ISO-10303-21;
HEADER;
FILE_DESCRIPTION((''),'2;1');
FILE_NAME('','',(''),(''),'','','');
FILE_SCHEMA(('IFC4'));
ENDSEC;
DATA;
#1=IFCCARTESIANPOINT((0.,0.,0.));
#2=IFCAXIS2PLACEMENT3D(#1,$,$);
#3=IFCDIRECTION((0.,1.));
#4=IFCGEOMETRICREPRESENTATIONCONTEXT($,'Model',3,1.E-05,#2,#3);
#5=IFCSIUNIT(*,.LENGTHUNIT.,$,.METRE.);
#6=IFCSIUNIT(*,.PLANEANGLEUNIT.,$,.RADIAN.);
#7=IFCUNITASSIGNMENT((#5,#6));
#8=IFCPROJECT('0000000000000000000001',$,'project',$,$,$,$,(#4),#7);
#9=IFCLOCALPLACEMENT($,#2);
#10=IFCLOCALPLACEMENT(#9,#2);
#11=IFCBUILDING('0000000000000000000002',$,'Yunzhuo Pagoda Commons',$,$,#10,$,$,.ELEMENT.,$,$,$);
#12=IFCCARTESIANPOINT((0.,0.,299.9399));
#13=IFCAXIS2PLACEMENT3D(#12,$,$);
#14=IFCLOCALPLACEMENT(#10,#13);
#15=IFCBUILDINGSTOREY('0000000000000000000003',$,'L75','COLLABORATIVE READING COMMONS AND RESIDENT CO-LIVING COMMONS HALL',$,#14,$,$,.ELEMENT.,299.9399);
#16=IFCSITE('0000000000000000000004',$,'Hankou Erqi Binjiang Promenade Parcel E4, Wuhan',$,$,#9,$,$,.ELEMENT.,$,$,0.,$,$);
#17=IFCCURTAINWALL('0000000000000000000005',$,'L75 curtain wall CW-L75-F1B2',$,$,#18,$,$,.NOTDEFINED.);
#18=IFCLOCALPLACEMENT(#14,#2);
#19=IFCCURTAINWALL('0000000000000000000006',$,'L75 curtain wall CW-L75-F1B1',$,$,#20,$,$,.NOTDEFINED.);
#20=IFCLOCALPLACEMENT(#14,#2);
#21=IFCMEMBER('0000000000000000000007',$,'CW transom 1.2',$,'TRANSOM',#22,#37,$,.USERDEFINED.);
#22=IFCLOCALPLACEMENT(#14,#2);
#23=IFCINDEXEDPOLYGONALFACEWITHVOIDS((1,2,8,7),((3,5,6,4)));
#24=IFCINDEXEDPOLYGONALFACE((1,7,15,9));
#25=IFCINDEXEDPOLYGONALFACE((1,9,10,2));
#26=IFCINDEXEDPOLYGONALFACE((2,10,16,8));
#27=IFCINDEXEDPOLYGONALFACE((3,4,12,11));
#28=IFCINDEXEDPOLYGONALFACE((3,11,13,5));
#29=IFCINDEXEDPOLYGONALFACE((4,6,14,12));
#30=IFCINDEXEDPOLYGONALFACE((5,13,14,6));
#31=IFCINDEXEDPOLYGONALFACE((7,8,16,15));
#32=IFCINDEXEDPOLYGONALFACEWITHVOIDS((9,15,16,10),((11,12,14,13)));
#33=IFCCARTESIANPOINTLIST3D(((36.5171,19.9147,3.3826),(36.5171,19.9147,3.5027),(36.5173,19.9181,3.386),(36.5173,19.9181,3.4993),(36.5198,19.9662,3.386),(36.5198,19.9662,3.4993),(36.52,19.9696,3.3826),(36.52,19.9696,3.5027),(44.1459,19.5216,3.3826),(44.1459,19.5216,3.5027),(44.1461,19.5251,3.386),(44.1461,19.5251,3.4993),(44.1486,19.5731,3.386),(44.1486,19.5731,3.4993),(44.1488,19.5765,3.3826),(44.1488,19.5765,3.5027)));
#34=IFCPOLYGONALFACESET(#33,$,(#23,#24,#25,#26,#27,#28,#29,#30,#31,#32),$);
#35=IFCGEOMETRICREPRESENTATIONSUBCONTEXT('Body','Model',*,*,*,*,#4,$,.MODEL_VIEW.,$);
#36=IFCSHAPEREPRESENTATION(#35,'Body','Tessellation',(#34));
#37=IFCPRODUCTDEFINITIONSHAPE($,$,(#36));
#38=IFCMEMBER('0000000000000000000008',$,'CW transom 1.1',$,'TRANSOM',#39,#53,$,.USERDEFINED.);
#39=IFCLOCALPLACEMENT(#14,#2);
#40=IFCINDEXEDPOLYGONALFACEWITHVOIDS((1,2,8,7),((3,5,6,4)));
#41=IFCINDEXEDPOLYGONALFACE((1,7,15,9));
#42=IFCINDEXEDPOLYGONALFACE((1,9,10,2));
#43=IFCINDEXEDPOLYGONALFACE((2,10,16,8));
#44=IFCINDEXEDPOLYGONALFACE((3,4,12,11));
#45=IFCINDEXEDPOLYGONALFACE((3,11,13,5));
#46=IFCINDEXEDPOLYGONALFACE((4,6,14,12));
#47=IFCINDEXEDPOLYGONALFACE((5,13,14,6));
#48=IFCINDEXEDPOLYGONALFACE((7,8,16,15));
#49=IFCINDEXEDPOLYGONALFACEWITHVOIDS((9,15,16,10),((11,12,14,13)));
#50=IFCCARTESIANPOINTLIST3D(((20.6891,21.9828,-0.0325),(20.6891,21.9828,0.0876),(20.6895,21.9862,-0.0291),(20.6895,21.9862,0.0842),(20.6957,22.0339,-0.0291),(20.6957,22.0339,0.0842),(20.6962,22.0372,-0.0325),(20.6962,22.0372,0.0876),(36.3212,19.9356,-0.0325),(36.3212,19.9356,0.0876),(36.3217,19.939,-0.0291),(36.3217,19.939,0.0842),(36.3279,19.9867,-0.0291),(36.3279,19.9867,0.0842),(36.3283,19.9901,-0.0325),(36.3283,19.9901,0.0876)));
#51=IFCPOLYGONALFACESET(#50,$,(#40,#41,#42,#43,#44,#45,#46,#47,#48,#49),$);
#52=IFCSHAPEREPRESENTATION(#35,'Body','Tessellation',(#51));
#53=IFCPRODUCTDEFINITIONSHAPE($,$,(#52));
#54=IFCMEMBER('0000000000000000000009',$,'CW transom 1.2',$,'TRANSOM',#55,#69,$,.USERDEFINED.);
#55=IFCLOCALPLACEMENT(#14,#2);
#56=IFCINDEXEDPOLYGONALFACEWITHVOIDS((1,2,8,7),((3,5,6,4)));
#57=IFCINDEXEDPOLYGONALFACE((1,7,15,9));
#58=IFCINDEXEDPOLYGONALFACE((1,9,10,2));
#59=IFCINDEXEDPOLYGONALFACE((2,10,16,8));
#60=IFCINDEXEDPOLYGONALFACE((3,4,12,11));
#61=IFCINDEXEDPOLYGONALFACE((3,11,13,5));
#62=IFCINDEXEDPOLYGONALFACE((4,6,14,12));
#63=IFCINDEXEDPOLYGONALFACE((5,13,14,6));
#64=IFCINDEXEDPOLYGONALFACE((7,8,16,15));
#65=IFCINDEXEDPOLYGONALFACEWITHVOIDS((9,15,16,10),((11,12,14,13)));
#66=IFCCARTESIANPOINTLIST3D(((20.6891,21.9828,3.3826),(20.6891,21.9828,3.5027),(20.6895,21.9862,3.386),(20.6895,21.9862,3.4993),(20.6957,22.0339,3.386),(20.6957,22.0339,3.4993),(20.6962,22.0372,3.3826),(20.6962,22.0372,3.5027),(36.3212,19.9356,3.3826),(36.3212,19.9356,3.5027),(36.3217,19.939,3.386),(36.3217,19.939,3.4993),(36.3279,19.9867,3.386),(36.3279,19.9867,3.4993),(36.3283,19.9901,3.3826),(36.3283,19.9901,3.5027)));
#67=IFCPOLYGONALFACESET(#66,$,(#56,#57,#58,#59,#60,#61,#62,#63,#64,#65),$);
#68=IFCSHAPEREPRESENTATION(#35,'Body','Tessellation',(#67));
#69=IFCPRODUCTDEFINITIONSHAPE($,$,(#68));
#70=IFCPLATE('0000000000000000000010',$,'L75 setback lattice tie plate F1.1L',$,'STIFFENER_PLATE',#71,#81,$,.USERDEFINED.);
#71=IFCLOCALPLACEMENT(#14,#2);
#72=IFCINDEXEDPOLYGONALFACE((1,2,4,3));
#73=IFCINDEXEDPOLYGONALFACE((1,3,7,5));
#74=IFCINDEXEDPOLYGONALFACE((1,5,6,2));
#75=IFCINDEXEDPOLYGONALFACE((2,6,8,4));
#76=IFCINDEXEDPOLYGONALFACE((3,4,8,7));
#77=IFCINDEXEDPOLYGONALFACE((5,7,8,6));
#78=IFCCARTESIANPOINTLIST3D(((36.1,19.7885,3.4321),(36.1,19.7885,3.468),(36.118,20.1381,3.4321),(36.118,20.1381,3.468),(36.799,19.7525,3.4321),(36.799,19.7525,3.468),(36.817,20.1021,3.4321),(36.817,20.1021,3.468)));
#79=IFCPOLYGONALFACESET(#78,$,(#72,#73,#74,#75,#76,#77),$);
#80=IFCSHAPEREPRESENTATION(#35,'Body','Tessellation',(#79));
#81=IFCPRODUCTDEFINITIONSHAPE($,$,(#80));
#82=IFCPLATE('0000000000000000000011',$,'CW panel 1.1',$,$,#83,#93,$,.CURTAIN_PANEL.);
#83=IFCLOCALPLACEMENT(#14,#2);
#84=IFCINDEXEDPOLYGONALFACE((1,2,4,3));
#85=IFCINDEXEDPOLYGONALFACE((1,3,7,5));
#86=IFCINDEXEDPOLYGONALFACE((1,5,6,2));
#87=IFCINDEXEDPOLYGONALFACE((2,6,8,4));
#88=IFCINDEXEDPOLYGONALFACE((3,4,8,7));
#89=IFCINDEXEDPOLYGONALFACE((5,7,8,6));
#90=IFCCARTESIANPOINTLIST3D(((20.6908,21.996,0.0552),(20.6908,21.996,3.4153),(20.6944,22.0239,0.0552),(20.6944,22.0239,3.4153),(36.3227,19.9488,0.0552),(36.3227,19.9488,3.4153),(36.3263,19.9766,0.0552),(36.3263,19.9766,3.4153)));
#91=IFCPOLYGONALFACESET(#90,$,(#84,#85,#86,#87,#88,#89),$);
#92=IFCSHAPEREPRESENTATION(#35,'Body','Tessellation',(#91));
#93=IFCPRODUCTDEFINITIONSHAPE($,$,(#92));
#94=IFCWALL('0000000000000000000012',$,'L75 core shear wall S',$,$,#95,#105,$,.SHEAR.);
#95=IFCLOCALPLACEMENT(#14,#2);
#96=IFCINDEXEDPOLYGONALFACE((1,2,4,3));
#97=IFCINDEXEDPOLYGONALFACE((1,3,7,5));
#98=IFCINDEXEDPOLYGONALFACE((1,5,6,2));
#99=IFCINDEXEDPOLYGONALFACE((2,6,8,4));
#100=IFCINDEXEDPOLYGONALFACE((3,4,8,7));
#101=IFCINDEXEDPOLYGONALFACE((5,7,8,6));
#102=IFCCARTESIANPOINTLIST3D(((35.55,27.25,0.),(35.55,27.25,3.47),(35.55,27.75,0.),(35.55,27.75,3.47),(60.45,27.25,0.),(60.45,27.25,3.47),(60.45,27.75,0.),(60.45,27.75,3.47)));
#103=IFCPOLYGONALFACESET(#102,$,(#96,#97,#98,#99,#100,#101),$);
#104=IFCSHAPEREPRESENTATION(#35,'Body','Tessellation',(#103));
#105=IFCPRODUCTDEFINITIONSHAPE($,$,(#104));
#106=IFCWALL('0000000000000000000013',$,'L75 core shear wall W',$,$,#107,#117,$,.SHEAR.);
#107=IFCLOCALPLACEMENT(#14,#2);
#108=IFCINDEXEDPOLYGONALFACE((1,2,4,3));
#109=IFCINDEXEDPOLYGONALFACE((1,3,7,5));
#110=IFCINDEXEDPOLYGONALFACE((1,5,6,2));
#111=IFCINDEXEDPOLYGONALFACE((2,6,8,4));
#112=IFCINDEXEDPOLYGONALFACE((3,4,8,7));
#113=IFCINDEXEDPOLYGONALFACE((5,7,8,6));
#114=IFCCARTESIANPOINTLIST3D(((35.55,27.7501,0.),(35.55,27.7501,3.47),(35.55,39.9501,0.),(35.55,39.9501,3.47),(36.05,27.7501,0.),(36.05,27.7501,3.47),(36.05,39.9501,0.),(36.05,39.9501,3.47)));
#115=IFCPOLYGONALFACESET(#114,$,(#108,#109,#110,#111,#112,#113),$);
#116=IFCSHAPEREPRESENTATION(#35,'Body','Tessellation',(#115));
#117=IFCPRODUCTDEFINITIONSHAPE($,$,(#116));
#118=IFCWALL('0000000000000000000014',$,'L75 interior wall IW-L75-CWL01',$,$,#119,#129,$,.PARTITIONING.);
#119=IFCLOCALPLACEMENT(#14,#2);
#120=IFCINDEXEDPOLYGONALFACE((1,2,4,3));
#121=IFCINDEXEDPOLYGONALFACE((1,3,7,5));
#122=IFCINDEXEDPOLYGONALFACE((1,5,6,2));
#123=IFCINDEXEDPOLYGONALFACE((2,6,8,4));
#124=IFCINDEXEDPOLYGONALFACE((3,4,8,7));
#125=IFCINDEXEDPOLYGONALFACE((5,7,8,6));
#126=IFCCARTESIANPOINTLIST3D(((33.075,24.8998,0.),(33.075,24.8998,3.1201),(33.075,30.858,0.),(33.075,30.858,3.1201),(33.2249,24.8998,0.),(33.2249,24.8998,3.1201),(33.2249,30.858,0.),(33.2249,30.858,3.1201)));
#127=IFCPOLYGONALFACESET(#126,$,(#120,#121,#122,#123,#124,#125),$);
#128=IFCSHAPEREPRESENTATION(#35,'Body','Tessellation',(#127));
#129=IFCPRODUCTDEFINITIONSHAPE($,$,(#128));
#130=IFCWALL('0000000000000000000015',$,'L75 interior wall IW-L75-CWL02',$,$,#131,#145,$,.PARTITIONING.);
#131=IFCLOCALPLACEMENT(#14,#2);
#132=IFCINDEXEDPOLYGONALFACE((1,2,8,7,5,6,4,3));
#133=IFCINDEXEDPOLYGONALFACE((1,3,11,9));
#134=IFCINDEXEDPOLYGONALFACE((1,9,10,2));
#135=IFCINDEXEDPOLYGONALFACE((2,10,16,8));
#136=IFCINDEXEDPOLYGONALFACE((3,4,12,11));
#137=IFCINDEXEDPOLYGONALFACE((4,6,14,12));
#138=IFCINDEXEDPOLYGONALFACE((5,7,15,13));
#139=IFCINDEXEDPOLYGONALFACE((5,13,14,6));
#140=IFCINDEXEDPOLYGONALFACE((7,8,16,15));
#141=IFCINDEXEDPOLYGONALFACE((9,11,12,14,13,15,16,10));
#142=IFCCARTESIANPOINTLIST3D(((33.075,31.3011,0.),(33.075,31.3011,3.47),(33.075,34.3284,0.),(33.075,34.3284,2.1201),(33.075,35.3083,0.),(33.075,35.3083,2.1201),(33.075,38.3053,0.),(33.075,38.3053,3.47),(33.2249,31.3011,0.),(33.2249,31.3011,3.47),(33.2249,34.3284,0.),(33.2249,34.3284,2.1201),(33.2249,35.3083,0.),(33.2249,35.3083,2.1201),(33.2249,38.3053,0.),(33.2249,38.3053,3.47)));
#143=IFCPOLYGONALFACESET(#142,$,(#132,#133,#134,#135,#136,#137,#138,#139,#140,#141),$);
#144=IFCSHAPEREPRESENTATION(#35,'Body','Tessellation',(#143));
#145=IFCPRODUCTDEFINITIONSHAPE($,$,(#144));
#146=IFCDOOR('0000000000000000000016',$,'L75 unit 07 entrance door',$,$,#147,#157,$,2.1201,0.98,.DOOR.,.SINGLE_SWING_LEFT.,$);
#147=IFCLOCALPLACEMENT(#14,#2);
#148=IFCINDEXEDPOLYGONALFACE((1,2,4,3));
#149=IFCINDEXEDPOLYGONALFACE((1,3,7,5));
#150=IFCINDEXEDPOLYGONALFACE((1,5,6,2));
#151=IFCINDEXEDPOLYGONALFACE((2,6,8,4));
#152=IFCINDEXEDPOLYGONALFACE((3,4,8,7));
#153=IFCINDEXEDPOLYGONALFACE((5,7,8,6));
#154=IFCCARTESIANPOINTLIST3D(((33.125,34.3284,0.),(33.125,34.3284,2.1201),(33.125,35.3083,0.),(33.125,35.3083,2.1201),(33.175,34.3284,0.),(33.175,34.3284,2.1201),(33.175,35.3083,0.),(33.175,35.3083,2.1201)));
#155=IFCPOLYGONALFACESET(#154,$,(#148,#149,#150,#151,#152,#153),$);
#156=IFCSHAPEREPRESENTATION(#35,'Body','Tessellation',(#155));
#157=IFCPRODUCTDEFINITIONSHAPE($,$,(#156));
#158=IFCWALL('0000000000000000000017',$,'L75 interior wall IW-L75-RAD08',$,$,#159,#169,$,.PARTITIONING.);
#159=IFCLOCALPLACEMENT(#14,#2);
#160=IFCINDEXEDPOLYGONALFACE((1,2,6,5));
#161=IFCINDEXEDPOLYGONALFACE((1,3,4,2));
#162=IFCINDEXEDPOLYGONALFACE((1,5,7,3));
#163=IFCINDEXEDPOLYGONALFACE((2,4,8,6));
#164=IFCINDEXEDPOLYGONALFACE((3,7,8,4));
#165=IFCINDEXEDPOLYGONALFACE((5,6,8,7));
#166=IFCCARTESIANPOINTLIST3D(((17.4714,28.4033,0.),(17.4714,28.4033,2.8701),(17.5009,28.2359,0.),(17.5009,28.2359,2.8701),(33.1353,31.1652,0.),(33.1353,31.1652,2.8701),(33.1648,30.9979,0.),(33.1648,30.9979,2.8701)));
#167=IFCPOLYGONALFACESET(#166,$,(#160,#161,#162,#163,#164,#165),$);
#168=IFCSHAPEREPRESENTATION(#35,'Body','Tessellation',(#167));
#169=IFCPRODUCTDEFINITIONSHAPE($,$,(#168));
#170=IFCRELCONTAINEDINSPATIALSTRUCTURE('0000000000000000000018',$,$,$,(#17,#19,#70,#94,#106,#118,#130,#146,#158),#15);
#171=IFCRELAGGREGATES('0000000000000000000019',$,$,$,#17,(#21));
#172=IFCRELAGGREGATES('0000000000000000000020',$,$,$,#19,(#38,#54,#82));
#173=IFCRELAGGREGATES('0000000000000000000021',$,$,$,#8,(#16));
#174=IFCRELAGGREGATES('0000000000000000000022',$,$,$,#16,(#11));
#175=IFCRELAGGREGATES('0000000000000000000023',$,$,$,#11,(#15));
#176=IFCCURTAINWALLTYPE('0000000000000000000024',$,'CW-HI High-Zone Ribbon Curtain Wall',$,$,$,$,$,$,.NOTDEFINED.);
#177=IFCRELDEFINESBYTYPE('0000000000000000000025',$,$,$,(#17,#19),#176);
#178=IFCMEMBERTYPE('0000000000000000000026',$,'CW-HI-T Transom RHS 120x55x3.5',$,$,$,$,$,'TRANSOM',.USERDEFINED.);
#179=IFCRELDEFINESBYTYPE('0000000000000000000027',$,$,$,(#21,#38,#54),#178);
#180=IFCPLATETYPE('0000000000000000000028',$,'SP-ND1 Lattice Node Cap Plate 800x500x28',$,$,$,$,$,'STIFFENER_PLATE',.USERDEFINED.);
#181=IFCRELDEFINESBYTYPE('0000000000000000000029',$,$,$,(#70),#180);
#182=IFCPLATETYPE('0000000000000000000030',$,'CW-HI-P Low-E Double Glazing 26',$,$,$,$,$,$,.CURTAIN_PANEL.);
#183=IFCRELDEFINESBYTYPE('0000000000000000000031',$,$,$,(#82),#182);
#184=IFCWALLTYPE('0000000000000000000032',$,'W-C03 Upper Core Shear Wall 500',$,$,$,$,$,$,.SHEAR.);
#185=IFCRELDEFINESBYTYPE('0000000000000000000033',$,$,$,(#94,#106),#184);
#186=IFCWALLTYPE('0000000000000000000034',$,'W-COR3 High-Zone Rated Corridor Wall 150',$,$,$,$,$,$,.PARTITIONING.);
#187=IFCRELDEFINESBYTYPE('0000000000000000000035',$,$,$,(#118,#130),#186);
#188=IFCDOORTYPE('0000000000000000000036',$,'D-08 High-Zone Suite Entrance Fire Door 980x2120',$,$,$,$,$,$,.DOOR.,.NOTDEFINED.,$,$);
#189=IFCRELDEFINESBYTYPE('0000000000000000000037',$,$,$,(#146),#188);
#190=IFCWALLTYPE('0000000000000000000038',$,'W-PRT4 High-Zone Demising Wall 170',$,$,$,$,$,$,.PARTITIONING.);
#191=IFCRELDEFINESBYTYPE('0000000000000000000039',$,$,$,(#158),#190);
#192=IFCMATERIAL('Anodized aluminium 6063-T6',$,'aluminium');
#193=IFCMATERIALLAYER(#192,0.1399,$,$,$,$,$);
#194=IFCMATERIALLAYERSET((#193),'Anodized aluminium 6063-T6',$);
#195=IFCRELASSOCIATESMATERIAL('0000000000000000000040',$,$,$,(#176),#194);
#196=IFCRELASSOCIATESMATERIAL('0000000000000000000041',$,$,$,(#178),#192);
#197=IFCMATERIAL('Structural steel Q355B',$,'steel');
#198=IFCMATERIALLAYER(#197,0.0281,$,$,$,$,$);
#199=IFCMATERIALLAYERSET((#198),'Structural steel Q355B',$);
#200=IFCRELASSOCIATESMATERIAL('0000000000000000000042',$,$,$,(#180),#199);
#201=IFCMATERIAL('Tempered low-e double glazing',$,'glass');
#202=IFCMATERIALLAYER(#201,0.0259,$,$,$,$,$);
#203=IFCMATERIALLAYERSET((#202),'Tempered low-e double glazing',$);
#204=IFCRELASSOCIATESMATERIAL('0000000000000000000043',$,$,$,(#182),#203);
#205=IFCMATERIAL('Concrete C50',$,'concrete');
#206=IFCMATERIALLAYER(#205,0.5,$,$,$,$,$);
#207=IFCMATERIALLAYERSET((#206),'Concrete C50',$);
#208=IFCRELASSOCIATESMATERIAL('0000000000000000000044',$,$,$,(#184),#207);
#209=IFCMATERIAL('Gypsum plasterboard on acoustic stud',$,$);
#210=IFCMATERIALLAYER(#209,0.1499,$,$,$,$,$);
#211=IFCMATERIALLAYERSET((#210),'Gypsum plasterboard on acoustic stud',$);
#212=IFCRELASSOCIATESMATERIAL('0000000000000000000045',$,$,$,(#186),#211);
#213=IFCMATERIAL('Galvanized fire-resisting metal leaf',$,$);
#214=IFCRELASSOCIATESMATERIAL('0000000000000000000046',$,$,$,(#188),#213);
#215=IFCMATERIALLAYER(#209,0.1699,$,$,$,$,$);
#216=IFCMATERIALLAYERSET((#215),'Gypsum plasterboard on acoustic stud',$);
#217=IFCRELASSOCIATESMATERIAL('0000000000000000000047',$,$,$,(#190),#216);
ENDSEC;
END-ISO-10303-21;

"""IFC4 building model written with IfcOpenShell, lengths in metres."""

from ifc_helpers import new_model, si_unit, direction, frame, frame_2d, origin, origin_with_axes, origin_2d, place, context, subcontext, project, spatial, rectangle, hollow_rectangle, extrude, source, transform, mapped, material, layer, layer_set, material_profile, profile_set, type_object, element, fill, aggregate, save


model = new_model("IFC4")

# Units and contexts
model_context = context("Model", 3, precision=1e-05, world=origin(), true_north=direction((0.0, 1.0)))
body_context = subcontext(model_context, "Body", "Model", "MODEL_VIEW")
ifc_project = project(units=[si_unit("LENGTHUNIT", "METRE"), si_unit("PLANEANGLEUNIT", "RADIAN")], contexts=[model_context])

# Site, building, storey
site_placement = place(None, origin())
site = spatial("IfcSite", under=ifc_project, at=site_placement, Name="Hankou Erqi Binjiang Promenade Parcel E4, Wuhan", CompositionType="ELEMENT", RefElevation=0.0)
building_placement = place(site_placement, origin())
building = spatial("IfcBuilding", under=site, at=building_placement, Name="Yunzhuo Pagoda Commons", CompositionType="ELEMENT")
storey_placement = place(building_placement, frame((0.0, 0.0, 299.9399)))
storey = spatial("IfcBuildingStorey", under=building, at=storey_placement, Name="L75", Description="COLLABORATIVE READING COMMONS AND RESIDENT CO-LIVING COMMONS HALL", CompositionType="ELEMENT", Elevation=299.9399)

# Shared definitions
ifc_material_1 = material(Name="Structural steel Q355B", Category="steel")

# Curtain wall
ifc_material_2 = material(Name="Anodized aluminium 6063-T6", Category="aluminium")
ifc_layer_1 = layer(ifc_material_2, 0.1399)
ifc_layer_set_1 = layer_set([ifc_layer_1], Name="Anodized aluminium 6063-T6")
curtain_wall_type = type_object("IfcCurtainWallType", Name="CW-HI High-Zone Ribbon Curtain Wall", PredefinedType="NOTDEFINED", material=ifc_layer_set_1)
curtain_wall_1_placement = place(storey_placement, origin())
curtain_wall_1 = element("IfcCurtainWall", 1, at=curtain_wall_1_placement, inside=storey, type_object=curtain_wall_type, Name="L75 curtain wall CW-L75-F1B2", PredefinedType="NOTDEFINED")

# Curtain wall
curtain_wall_2_placement = place(storey_placement, origin())
curtain_wall_2 = element("IfcCurtainWall", 2, at=curtain_wall_2_placement, inside=storey, type_object=curtain_wall_type, Name="L75 curtain wall CW-L75-F1B1", PredefinedType="NOTDEFINED")

# Members
ifc_material_profile_1 = material_profile(ifc_material_2, hollow_rectangle(XDim=0.0549, YDim=0.1201, WallThickness=0.0034, at=origin_2d()), Name="Anodized aluminium 6063-T6")
ifc_profile_set_1 = profile_set([ifc_material_profile_1], Name="Anodized aluminium 6063-T6")
member_type_1 = type_object("IfcMemberType", Name="CW-HI-T Transom RHS 120x55x3.5", ElementType="TRANSOM", PredefinedType="USERDEFINED", material=ifc_profile_set_1)
shared_shape_1 = source(origin(), body_context, "Body", "SweptSolid", [
    extrude(hollow_rectangle(XDim=0.0549, YDim=0.1201, WallThickness=0.0034, at=origin_2d()), origin(), (0.0, 0.0, 1.0), 7.6389),
])
member_1_placement = place(storey_placement, frame((36.5186, 19.9421, 3.4426), z_axis=(0.998675, -0.051455, 0.0), x_axis=(0.051455, 0.998675, 0.0)))
member_1 = element("IfcMember", 3, at=member_1_placement, type_object=member_type_1, Name="CW transom 1.2", ObjectType="TRANSOM", PredefinedType="USERDEFINED", context=body_context, shape_type="MappedRepresentation", body=[
    mapped(shared_shape_1, transform((0.0, 0.0, 0.0), scale=1.0)),
])
aggregate(curtain_wall_1, [member_1])
shared_shape_2 = source(origin(), body_context, "Body", "SweptSolid", [
    extrude(hollow_rectangle(XDim=0.0549, YDim=0.1201, WallThickness=0.0034, at=origin_2d()), origin(), (0.0, 0.0, 1.0), 15.7656),
])
member_2_placement = place(storey_placement, frame((20.6926, 22.01, 0.0276), z_axis=(0.991534, -0.129848, 0.0), x_axis=(0.129848, 0.991534, 0.0)))
member_2 = element("IfcMember", 4, at=member_2_placement, type_object=member_type_1, Name="CW transom 1.1", ObjectType="TRANSOM", PredefinedType="USERDEFINED", context=body_context, shape_type="MappedRepresentation", body=[
    mapped(shared_shape_2, transform((0.0, 0.0, 0.0), scale=1.0)),
])
member_3_placement = place(storey_placement, frame((20.6926, 22.01, 3.4426), z_axis=(0.991534, -0.129848, 0.0), x_axis=(0.129848, 0.991534, 0.0)))
member_3 = element("IfcMember", 5, at=member_3_placement, type_object=member_type_1, Name="CW transom 1.2", ObjectType="TRANSOM", PredefinedType="USERDEFINED", context=body_context, shape_type="MappedRepresentation", body=[
    mapped(shared_shape_2, transform((0.0, 0.0, 0.0), scale=1.0)),
])

# Plates
ifc_layer_2 = layer(ifc_material_1, 0.0281)
ifc_layer_set_2 = layer_set([ifc_layer_2], Name="Structural steel Q355B")
plate_type_1 = type_object("IfcPlateType", Name="SP-ND1 Lattice Node Cap Plate 800x500x28", ElementType="STIFFENER_PLATE", PredefinedType="USERDEFINED", material=ifc_layer_set_2)
shared_shape_3 = source(origin(), body_context, "Body", "SweptSolid", [
    extrude(rectangle(XDim=0.7, YDim=0.3501, at=origin_2d()), origin(), (0.0, 0.0, 1.0), 0.0359),
])
plate_1_placement = place(storey_placement, frame((36.4585, 19.9453, 3.4321), z_axis=(0.0, 0.0, 1.0), x_axis=(0.998675, -0.051464, 0.0)))
element("IfcPlate", 6, at=plate_1_placement, inside=storey, type_object=plate_type_1, Name="L75 setback lattice tie plate F1.1L", ObjectType="STIFFENER_PLATE", PredefinedType="USERDEFINED", context=body_context, shape_type="MappedRepresentation", body=[
    mapped(shared_shape_3, transform((0.0, 0.0, 0.0), scale=1.0)),
])
ifc_material_3 = material(Name="Tempered low-e double glazing", Category="glass")
ifc_layer_3 = layer(ifc_material_3, 0.0259)
ifc_layer_set_3 = layer_set([ifc_layer_3], Name="Tempered low-e double glazing")
plate_type_2 = type_object("IfcPlateType", Name="CW-HI-P Low-E Double Glazing 26", PredefinedType="CURTAIN_PANEL", material=ifc_layer_set_3)
shared_shape_4 = source(origin(), body_context, "Body", "SweptSolid", [
    extrude(rectangle(XDim=15.7654, YDim=0.0281, at=origin_2d()), origin(), (0.0, 0.0, 1.0), 3.3601),
])
plate_2_placement = place(storey_placement, frame((28.5085, 20.9863, 0.0552), z_axis=(0.0, 0.0, 1.0), x_axis=(0.991533, -0.129855, 0.0)))
plate_2 = element("IfcPlate", 7, at=plate_2_placement, type_object=plate_type_2, Name="CW panel 1.1", PredefinedType="CURTAIN_PANEL", context=body_context, shape_type="MappedRepresentation", body=[
    mapped(shared_shape_4, transform((0.0, 0.0, 0.0), scale=1.0)),
])
aggregate(curtain_wall_2, [member_2, member_3, plate_2])

# Walls
ifc_material_4 = material(Name="Concrete C50", Category="concrete")
ifc_layer_4 = layer(ifc_material_4, 0.5)
ifc_layer_set_4 = layer_set([ifc_layer_4], Name="Concrete C50")
wall_type_1 = type_object("IfcWallType", Name="W-C03 Upper Core Shear Wall 500", PredefinedType="SHEAR", material=ifc_layer_set_4)
wall_1_placement = place(storey_placement, frame((35.55, 27.5, 0.0), z_axis=(0.0, 0.0, 1.0), x_axis=(1.0, 0.0, 0.0)))
element("IfcWall", 8, at=wall_1_placement, inside=storey, type_object=wall_type_1, Name="L75 core shear wall S", PredefinedType="SHEAR", context=body_context, shape_type="SweptSolid", body=[
    extrude(rectangle(XDim=24.8999, YDim=0.5, at=frame_2d((12.45, 0.0))), origin(), (0.0, 0.0, 1.0), 3.47),
])
wall_2_placement = place(storey_placement, frame((35.8, 27.75, 0.0), z_axis=(0.0, 0.0, 1.0), x_axis=(0.0, 1.0, 0.0)))
element("IfcWall", 9, at=wall_2_placement, inside=storey, type_object=wall_type_1, Name="L75 core shear wall W", PredefinedType="SHEAR", context=body_context, shape_type="SweptSolid", body=[
    extrude(rectangle(XDim=12.2, YDim=0.5, at=frame_2d((6.1001, 0.0))), origin(), (0.0, 0.0, 1.0), 3.47),
])
ifc_material_5 = material(Name="Gypsum plasterboard on acoustic stud")
ifc_layer_5 = layer(ifc_material_5, 0.1499)
ifc_layer_set_5 = layer_set([ifc_layer_5], Name="Gypsum plasterboard on acoustic stud")
wall_type_2 = type_object("IfcWallType", Name="W-COR3 High-Zone Rated Corridor Wall 150", PredefinedType="PARTITIONING", material=ifc_layer_set_5)
wall_3_placement = place(storey_placement, frame((33.1499, 24.8999, 0.0), z_axis=(0.0, 0.0, 1.0), x_axis=(0.0, 1.0, 0.0)))
element("IfcWall", 10, at=wall_3_placement, inside=storey, type_object=wall_type_2, Name="L75 interior wall IW-L75-CWL01", PredefinedType="PARTITIONING", context=body_context, shape_type="SweptSolid", body=[
    extrude(rectangle(XDim=5.9583, YDim=0.1499, at=frame_2d((2.979, 0.0))), origin(), (0.0, 0.0, 1.0), 3.1201),
])

# Wall, opening, door
wall_4_placement = place(storey_placement, frame((33.1499, 31.3013, 0.0), z_axis=(0.0, 0.0, 1.0), x_axis=(0.0, 1.0, 0.0)))
wall_4 = element("IfcWall", 11, at=wall_4_placement, inside=storey, type_object=wall_type_2, Name="L75 interior wall IW-L75-CWL02", PredefinedType="PARTITIONING", context=body_context, shape_type="SweptSolid", body=[
    extrude(rectangle(XDim=7.0042, YDim=0.1499, at=frame_2d((3.502, 0.0))), origin(), (0.0, 0.0, 1.0), 3.47),
])
opening_placement = place(wall_4_placement, frame((3.0271, 0.0, 0.0)))
opening = element("IfcOpeningElement", 12, at=opening_placement, cuts=wall_4, PredefinedType="OPENING", context=body_context, shape_type="SweptSolid", body=[
    extrude(rectangle(XDim=0.98, YDim=2.1201, at=frame_2d((0.49, 1.0601))), frame((0.0, 0.085, 0.0), z_axis=(0.0, -1.0, 0.0), x_axis=(1.0, 0.0, 0.0)), (0.0, 0.0, 1.0), 0.1699),
])
ifc_material_6 = material(Name="Galvanized fire-resisting metal leaf")
door_type = type_object("IfcDoorType", Name="D-08 High-Zone Suite Entrance Fire Door 980x2120", OperationType="NOTDEFINED", PredefinedType="DOOR", material=ifc_material_6)
shared_shape_5 = source(origin(), body_context, "Body", "SweptSolid", [
    extrude(rectangle(XDim=0.98, YDim=2.1201, at=frame_2d((0.49, 1.0601))), frame((0.0, 0.0249, 0.0), z_axis=(0.0, -1.0, 0.0), x_axis=(1.0, 0.0, 0.0)), (0.0, 0.0, 1.0), 0.05),
])
door_placement = place(opening_placement, origin_with_axes())
door = element("IfcDoor", 13, at=door_placement, inside=storey, type_object=door_type, Name="L75 unit 07 entrance door", OperationType="SINGLE_SWING_LEFT", OverallHeight=2.1201, OverallWidth=0.98, PredefinedType="DOOR", context=body_context, shape_type="MappedRepresentation", body=[
    mapped(shared_shape_5, transform((0.0, 0.0, 0.0), scale=1.0)),
])
fill(opening, door)

# Wall
ifc_layer_6 = layer(ifc_material_5, 0.1699)
ifc_layer_set_6 = layer_set([ifc_layer_6], Name="Gypsum plasterboard on acoustic stud")
wall_type_3 = type_object("IfcWallType", Name="W-PRT4 High-Zone Demising Wall 170", PredefinedType="PARTITIONING", material=ifc_layer_set_6)
wall_5_placement = place(storey_placement, frame((33.1499, 31.0815, 0.0), z_axis=(0.0, 0.0, 1.0), x_axis=(-0.984808, -0.173649, 0.0)))
element("IfcWall", 14, at=wall_5_placement, inside=storey, type_object=wall_type_3, Name="L75 interior wall IW-L75-RAD08", PredefinedType="PARTITIONING", context=body_context, shape_type="SweptSolid", body=[
    extrude(rectangle(XDim=15.9055, YDim=0.1699, at=frame_2d((7.9526, 0.0))), origin(), (0.0, 0.0, 1.0), 2.8701),
])

save(model, "model.ifc")
